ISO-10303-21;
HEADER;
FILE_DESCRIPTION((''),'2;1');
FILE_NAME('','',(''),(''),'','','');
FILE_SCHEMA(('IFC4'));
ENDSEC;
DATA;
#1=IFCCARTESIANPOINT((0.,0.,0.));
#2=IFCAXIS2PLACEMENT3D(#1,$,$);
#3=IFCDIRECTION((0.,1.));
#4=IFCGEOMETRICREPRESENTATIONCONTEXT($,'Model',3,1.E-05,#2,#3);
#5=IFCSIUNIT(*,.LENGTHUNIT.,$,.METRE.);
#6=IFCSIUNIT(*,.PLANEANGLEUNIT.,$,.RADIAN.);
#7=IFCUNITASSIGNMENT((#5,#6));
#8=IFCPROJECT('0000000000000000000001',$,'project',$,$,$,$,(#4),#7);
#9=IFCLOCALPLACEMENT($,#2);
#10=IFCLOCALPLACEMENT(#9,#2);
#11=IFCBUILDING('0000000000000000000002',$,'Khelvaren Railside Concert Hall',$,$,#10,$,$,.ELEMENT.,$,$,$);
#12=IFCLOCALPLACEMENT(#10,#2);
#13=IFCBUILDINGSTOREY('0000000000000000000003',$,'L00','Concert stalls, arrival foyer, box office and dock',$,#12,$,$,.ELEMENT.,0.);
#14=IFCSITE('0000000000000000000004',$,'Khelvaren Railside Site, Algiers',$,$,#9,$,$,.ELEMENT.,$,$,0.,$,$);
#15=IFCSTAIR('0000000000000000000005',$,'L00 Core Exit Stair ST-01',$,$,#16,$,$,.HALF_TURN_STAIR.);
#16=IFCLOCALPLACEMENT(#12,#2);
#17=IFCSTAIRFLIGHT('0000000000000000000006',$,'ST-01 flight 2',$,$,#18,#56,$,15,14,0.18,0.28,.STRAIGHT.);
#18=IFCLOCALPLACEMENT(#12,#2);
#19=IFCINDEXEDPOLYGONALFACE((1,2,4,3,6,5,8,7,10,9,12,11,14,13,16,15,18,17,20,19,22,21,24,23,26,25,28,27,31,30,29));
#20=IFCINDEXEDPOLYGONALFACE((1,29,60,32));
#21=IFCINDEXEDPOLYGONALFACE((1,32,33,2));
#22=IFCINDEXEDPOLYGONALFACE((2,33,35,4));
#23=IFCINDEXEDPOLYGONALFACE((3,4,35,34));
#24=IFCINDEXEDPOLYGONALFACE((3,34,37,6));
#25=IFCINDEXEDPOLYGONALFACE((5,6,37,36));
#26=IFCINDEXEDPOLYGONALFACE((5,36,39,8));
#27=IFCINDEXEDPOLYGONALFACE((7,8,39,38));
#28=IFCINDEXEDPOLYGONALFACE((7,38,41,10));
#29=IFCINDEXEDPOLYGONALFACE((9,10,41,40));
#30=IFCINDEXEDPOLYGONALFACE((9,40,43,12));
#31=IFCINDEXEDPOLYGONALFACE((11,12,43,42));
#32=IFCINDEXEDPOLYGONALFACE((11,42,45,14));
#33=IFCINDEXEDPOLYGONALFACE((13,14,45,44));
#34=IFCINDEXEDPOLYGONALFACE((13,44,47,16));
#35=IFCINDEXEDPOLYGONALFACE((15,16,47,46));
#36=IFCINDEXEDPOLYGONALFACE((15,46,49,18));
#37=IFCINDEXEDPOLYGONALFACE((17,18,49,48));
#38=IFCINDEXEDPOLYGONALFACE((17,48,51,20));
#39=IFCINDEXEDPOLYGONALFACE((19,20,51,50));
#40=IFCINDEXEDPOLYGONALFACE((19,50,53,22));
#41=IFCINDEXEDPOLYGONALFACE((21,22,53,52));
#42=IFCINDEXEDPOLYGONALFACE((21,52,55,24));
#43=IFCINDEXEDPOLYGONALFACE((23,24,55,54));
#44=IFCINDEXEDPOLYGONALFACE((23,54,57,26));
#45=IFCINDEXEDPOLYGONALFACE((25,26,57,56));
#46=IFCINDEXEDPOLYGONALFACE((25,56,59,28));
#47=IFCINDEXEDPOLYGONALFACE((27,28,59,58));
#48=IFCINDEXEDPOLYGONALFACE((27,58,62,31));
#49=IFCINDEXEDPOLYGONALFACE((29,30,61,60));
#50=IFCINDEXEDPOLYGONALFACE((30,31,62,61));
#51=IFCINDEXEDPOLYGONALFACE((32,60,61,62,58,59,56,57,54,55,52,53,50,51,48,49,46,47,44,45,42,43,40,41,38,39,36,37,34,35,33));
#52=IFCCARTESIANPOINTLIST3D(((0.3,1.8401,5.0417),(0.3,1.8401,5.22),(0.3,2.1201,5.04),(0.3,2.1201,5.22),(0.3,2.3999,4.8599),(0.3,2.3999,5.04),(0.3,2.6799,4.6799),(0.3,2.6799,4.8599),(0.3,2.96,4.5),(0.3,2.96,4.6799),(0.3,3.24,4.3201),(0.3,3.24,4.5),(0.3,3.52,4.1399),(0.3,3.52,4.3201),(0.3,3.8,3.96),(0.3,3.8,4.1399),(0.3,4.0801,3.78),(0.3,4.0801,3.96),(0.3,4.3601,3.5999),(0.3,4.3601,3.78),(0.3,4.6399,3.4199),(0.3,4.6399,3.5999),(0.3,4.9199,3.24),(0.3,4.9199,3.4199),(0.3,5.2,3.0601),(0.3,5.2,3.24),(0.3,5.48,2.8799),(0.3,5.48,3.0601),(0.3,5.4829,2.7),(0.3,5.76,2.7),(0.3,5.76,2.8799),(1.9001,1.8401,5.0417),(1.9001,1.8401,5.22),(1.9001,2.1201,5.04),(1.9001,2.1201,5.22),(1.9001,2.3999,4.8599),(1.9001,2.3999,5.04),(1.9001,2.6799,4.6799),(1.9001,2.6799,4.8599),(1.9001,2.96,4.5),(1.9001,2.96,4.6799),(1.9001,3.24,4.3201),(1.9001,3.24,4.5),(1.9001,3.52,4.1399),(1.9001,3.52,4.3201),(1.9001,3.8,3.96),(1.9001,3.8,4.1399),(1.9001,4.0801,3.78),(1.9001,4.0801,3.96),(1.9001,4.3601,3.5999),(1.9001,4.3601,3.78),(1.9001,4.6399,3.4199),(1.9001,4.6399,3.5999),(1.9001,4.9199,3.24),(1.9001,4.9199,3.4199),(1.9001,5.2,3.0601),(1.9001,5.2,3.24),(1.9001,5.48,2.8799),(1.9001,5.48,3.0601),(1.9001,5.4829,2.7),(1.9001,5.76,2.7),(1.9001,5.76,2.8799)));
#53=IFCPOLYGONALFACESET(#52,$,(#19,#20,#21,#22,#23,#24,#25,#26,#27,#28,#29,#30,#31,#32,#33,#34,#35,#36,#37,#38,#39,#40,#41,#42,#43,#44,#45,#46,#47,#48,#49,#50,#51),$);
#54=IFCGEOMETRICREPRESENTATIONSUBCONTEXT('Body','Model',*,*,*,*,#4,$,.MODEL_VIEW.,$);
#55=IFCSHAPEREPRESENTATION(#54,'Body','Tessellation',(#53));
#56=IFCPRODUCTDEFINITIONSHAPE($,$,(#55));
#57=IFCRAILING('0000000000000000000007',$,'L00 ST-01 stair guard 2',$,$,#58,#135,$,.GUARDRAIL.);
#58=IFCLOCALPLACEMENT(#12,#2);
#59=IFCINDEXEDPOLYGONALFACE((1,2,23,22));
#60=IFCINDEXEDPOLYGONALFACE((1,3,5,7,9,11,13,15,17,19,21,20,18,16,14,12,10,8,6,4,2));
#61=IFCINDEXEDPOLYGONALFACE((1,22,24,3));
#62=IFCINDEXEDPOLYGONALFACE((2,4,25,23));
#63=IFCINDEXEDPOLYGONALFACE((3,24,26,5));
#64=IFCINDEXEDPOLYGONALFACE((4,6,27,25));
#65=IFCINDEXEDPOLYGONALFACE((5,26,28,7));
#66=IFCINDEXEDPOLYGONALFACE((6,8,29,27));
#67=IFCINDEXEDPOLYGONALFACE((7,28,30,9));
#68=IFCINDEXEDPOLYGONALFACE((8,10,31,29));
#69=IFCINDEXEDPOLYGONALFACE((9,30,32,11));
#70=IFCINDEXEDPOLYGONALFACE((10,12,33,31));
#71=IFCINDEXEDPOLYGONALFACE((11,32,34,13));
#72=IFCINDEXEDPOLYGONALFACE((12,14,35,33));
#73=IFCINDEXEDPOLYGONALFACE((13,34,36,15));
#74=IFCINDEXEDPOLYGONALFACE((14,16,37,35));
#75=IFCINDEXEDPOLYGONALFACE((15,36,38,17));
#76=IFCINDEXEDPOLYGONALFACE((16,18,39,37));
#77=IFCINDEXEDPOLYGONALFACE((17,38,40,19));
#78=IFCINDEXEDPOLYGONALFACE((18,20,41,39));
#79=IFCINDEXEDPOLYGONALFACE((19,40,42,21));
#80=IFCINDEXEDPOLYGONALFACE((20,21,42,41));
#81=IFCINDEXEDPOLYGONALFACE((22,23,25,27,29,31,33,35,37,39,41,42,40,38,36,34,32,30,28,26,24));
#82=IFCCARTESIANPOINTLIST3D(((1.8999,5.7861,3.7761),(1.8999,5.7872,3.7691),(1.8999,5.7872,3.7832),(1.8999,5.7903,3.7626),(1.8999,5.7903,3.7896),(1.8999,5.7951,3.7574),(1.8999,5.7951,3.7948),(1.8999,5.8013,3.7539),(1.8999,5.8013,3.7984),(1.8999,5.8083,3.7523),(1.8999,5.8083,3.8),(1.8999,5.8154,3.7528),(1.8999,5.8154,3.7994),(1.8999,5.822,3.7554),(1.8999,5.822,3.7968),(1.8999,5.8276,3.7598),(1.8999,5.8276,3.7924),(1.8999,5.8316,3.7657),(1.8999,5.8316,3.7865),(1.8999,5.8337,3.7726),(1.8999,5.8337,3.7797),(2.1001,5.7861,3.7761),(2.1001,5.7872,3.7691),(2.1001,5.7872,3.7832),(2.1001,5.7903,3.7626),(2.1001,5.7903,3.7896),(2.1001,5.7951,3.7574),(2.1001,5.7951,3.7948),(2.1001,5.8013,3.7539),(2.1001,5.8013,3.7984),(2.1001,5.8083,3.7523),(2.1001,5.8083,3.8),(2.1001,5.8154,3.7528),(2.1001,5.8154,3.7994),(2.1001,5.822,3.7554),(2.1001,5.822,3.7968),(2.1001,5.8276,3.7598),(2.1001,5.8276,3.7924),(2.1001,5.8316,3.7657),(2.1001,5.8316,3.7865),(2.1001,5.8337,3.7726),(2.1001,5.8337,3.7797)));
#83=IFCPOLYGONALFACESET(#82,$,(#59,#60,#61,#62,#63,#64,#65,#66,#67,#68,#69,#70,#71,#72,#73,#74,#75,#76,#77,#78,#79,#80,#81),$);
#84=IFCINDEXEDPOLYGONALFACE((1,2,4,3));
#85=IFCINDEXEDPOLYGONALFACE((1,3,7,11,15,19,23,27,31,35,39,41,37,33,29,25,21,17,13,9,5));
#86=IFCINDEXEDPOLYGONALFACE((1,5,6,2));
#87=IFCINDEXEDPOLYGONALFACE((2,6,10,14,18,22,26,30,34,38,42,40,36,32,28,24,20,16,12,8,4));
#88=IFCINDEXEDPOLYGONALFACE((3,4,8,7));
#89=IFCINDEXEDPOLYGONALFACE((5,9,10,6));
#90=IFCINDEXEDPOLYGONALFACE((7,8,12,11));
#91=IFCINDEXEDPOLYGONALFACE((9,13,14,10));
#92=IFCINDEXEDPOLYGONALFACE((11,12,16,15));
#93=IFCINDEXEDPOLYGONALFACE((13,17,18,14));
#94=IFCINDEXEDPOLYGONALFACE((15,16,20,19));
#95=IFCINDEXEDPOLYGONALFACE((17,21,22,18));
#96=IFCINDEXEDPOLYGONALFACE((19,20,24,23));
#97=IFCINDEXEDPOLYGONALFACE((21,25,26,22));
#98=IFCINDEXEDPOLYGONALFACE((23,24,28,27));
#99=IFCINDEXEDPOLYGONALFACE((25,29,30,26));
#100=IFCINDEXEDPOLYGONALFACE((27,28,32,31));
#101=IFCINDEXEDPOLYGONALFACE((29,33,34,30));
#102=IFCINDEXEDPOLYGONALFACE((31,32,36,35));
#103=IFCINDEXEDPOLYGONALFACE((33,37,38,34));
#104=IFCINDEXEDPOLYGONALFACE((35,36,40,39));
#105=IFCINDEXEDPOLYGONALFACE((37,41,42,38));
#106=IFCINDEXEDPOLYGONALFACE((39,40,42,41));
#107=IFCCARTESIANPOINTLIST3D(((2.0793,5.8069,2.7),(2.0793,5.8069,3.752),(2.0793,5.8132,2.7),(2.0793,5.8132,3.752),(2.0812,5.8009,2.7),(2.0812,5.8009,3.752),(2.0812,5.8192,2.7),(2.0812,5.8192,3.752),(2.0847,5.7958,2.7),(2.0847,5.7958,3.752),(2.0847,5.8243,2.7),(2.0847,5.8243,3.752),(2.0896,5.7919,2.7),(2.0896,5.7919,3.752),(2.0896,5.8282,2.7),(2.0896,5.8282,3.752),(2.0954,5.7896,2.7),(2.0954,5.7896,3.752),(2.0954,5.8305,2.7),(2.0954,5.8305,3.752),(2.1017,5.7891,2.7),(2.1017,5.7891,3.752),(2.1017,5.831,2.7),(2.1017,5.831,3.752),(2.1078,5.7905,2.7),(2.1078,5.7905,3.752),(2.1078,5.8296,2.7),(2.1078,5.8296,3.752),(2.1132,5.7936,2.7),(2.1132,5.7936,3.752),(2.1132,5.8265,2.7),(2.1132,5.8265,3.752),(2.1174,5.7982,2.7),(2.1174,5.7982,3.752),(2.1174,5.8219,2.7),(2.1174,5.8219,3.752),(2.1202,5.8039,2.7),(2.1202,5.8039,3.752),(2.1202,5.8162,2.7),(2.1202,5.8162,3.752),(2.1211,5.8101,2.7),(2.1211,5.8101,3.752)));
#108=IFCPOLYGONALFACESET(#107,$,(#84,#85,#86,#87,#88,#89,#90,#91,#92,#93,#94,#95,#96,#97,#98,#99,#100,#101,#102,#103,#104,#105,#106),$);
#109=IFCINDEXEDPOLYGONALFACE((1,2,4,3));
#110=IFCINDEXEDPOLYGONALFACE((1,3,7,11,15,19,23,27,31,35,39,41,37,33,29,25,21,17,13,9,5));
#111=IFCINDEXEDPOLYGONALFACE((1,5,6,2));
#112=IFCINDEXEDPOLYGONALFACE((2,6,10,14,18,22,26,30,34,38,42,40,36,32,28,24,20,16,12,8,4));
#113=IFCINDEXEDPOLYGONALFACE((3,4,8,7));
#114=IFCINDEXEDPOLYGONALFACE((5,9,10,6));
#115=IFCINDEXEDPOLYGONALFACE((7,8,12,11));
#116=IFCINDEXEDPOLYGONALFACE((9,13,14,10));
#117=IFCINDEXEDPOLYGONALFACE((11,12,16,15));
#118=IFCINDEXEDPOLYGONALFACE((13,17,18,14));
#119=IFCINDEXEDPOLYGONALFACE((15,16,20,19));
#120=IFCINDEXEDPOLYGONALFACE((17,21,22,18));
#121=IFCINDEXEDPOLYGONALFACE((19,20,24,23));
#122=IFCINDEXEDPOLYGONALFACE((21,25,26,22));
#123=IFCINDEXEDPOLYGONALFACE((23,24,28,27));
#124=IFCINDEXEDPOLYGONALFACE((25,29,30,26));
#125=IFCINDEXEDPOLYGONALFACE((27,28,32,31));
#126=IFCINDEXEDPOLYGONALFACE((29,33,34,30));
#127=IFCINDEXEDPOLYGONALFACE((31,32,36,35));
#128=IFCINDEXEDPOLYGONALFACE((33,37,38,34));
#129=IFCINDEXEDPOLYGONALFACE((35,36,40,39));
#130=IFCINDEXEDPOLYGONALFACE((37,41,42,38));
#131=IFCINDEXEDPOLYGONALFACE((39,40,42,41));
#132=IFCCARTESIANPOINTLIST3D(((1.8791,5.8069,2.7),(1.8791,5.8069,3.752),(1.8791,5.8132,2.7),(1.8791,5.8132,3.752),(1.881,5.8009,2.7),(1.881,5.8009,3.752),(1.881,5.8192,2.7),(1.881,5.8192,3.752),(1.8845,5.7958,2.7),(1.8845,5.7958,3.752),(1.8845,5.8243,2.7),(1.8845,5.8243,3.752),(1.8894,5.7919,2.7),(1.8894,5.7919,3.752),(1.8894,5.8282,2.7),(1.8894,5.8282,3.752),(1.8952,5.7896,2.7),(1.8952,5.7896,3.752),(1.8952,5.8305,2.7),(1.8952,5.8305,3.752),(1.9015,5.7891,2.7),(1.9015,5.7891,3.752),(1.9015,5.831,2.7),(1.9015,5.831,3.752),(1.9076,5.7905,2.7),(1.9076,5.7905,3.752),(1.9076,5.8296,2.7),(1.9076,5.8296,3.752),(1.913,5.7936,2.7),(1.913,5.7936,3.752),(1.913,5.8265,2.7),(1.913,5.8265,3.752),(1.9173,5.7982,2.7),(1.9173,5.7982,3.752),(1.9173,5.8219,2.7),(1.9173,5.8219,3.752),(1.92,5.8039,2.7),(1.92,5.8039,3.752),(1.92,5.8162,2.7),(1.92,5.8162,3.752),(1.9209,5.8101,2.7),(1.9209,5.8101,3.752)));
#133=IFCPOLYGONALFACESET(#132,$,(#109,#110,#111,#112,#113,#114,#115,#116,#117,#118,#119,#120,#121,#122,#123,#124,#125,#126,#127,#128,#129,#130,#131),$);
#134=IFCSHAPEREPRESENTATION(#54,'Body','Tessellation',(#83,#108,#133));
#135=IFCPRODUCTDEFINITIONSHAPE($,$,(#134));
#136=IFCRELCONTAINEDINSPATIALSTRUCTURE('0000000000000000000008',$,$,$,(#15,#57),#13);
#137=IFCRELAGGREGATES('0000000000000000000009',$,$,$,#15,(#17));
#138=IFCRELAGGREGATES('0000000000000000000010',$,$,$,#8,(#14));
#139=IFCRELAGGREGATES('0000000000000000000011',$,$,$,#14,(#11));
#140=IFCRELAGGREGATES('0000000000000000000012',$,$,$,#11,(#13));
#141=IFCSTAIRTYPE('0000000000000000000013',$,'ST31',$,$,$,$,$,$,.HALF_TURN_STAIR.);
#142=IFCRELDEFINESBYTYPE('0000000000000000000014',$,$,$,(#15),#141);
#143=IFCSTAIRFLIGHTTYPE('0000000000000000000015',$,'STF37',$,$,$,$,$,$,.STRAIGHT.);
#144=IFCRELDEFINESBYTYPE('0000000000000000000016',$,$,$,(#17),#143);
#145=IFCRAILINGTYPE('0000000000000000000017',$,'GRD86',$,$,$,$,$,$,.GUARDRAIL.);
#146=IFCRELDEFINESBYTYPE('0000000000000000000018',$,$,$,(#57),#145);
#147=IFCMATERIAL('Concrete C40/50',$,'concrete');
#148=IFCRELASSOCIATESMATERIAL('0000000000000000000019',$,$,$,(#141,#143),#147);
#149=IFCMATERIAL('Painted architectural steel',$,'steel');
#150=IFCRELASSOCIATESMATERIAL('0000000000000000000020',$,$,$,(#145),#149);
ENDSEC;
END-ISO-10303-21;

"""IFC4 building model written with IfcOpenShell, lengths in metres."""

from ifc_helpers import new_model, si_unit, direction, frame, origin, origin_2d, place, context, subcontext, project, spatial, polyline, circle, outline, extrude, material, type_object, element, aggregate, save


model = new_model("IFC4")

# Units and contexts
model_context = context("Model", 3, precision=1e-05, world=origin(), true_north=direction((0.0, 1.0)))
body_context = subcontext(model_context, "Body", "Model", "MODEL_VIEW")
ifc_project = project(units=[si_unit("LENGTHUNIT", "METRE"), si_unit("PLANEANGLEUNIT", "RADIAN")], contexts=[model_context])

# Site, building, storey
site_placement = place(None, origin())
site = spatial("IfcSite", under=ifc_project, at=site_placement, Name="Khelvaren Railside Site, Algiers", CompositionType="ELEMENT", RefElevation=0.0)
building_placement = place(site_placement, origin())
building = spatial("IfcBuilding", under=site, at=building_placement, Name="Khelvaren Railside Concert Hall", CompositionType="ELEMENT")
storey_placement = place(building_placement, origin())
storey = spatial("IfcBuildingStorey", under=building, at=storey_placement, Name="L00", Description="Concert stalls, arrival foyer, box office and dock", CompositionType="ELEMENT", Elevation=0.0)

# Shared definitions
ifc_material_1 = material(Name="Concrete C40/50", Category="concrete")

# Stair, stair flight
stair_type = type_object("IfcStairType", Name="ST31", PredefinedType="HALF_TURN_STAIR", material=ifc_material_1)
stair_placement = place(storey_placement, origin())
stair = element("IfcStair", 1, at=stair_placement, inside=storey, type_object=stair_type, Name="L00 Core Exit Stair ST-01", PredefinedType="HALF_TURN_STAIR")
stair_flight_type = type_object("IfcStairFlightType", Name="STF37", PredefinedType="STRAIGHT", material=ifc_material_1)
stair_flight_placement = place(storey_placement, frame((1.1001, 5.76, 2.7), z_axis=(0.0, 0.0, 1.0), x_axis=(0.0, -1.0, 0.0)))
stair_flight = element("IfcStairFlight", 2, at=stair_flight_placement, type_object=stair_flight_type, Name="ST-01 flight 2", NumberOfRisers=15, NumberOfTreads=14, PredefinedType="STRAIGHT", RiserHeight=0.18, TreadLength=0.28, context=body_context, shape_type="SweptSolid", body=[
    extrude(outline(polyline([(0.0, 0.0), (0.0, 0.1799), (0.28, 0.1799), (0.28, 0.3601), (0.5601, 0.3601), (0.5601, 0.54), (0.8401, 0.54), (0.8401, 0.72), (1.1201, 0.72), (1.1201, 0.8999), (1.3999, 0.8999), (1.3999, 1.0801), (1.6799, 1.0801), (1.6799, 1.26), (1.96, 1.26), (1.96, 1.4399), (2.24, 1.4399), (2.24, 1.6201), (2.52, 1.6201), (2.52, 1.8), (2.8, 1.8), (2.8, 1.98), (3.0801, 1.98), (3.0801, 2.1599), (3.3601, 2.1599), (3.3601, 2.3401), (3.6399, 2.3401), (3.6399, 2.52), (3.9199, 2.52), (3.9199, 2.7), (3.9199, 2.3418), (0.2771, 0.0), (0.0, 0.0)])), frame((0.0, 0.8, 0.0), z_axis=(0.0, -1.0, 0.0), x_axis=(1.0, 0.0, 0.0)), (0.0, 0.0, 1.0), 1.6001),
])
aggregate(stair, [stair_flight])

# Railing
ifc_material_2 = material(Name="Painted architectural steel", Category="steel")
railing_type_1 = type_object("IfcRailingType", Name="GRD86", PredefinedType="GUARDRAIL", material=ifc_material_2)
railing_1_placement = place(storey_placement, frame((2.1001, 5.8101, 2.7)))
element("IfcRailing", 3, at=railing_1_placement, inside=storey, type_object=railing_type_1, Name="L00 ST-01 stair guard 2", PredefinedType="GUARDRAIL", context=body_context, shape_type="SweptSolid", body=[
    extrude(circle(Radius=0.0239, at=origin_2d()), frame((0.0, 0.0, 1.0762), z_axis=(-1.0, 0.0, 0.0), x_axis=(0.0, -1.0, 0.0)), (0.0, 0.0, 1.0), 0.2002),
    extrude(circle(Radius=0.021, at=origin_2d()), origin(), (0.0, 0.0, 1.0), 1.052),
    extrude(circle(Radius=0.021, at=origin_2d()), frame((-0.2002, 0.0, 0.0)), (0.0, 0.0, 1.0), 1.052),
])

save(model, "model.ifc")
